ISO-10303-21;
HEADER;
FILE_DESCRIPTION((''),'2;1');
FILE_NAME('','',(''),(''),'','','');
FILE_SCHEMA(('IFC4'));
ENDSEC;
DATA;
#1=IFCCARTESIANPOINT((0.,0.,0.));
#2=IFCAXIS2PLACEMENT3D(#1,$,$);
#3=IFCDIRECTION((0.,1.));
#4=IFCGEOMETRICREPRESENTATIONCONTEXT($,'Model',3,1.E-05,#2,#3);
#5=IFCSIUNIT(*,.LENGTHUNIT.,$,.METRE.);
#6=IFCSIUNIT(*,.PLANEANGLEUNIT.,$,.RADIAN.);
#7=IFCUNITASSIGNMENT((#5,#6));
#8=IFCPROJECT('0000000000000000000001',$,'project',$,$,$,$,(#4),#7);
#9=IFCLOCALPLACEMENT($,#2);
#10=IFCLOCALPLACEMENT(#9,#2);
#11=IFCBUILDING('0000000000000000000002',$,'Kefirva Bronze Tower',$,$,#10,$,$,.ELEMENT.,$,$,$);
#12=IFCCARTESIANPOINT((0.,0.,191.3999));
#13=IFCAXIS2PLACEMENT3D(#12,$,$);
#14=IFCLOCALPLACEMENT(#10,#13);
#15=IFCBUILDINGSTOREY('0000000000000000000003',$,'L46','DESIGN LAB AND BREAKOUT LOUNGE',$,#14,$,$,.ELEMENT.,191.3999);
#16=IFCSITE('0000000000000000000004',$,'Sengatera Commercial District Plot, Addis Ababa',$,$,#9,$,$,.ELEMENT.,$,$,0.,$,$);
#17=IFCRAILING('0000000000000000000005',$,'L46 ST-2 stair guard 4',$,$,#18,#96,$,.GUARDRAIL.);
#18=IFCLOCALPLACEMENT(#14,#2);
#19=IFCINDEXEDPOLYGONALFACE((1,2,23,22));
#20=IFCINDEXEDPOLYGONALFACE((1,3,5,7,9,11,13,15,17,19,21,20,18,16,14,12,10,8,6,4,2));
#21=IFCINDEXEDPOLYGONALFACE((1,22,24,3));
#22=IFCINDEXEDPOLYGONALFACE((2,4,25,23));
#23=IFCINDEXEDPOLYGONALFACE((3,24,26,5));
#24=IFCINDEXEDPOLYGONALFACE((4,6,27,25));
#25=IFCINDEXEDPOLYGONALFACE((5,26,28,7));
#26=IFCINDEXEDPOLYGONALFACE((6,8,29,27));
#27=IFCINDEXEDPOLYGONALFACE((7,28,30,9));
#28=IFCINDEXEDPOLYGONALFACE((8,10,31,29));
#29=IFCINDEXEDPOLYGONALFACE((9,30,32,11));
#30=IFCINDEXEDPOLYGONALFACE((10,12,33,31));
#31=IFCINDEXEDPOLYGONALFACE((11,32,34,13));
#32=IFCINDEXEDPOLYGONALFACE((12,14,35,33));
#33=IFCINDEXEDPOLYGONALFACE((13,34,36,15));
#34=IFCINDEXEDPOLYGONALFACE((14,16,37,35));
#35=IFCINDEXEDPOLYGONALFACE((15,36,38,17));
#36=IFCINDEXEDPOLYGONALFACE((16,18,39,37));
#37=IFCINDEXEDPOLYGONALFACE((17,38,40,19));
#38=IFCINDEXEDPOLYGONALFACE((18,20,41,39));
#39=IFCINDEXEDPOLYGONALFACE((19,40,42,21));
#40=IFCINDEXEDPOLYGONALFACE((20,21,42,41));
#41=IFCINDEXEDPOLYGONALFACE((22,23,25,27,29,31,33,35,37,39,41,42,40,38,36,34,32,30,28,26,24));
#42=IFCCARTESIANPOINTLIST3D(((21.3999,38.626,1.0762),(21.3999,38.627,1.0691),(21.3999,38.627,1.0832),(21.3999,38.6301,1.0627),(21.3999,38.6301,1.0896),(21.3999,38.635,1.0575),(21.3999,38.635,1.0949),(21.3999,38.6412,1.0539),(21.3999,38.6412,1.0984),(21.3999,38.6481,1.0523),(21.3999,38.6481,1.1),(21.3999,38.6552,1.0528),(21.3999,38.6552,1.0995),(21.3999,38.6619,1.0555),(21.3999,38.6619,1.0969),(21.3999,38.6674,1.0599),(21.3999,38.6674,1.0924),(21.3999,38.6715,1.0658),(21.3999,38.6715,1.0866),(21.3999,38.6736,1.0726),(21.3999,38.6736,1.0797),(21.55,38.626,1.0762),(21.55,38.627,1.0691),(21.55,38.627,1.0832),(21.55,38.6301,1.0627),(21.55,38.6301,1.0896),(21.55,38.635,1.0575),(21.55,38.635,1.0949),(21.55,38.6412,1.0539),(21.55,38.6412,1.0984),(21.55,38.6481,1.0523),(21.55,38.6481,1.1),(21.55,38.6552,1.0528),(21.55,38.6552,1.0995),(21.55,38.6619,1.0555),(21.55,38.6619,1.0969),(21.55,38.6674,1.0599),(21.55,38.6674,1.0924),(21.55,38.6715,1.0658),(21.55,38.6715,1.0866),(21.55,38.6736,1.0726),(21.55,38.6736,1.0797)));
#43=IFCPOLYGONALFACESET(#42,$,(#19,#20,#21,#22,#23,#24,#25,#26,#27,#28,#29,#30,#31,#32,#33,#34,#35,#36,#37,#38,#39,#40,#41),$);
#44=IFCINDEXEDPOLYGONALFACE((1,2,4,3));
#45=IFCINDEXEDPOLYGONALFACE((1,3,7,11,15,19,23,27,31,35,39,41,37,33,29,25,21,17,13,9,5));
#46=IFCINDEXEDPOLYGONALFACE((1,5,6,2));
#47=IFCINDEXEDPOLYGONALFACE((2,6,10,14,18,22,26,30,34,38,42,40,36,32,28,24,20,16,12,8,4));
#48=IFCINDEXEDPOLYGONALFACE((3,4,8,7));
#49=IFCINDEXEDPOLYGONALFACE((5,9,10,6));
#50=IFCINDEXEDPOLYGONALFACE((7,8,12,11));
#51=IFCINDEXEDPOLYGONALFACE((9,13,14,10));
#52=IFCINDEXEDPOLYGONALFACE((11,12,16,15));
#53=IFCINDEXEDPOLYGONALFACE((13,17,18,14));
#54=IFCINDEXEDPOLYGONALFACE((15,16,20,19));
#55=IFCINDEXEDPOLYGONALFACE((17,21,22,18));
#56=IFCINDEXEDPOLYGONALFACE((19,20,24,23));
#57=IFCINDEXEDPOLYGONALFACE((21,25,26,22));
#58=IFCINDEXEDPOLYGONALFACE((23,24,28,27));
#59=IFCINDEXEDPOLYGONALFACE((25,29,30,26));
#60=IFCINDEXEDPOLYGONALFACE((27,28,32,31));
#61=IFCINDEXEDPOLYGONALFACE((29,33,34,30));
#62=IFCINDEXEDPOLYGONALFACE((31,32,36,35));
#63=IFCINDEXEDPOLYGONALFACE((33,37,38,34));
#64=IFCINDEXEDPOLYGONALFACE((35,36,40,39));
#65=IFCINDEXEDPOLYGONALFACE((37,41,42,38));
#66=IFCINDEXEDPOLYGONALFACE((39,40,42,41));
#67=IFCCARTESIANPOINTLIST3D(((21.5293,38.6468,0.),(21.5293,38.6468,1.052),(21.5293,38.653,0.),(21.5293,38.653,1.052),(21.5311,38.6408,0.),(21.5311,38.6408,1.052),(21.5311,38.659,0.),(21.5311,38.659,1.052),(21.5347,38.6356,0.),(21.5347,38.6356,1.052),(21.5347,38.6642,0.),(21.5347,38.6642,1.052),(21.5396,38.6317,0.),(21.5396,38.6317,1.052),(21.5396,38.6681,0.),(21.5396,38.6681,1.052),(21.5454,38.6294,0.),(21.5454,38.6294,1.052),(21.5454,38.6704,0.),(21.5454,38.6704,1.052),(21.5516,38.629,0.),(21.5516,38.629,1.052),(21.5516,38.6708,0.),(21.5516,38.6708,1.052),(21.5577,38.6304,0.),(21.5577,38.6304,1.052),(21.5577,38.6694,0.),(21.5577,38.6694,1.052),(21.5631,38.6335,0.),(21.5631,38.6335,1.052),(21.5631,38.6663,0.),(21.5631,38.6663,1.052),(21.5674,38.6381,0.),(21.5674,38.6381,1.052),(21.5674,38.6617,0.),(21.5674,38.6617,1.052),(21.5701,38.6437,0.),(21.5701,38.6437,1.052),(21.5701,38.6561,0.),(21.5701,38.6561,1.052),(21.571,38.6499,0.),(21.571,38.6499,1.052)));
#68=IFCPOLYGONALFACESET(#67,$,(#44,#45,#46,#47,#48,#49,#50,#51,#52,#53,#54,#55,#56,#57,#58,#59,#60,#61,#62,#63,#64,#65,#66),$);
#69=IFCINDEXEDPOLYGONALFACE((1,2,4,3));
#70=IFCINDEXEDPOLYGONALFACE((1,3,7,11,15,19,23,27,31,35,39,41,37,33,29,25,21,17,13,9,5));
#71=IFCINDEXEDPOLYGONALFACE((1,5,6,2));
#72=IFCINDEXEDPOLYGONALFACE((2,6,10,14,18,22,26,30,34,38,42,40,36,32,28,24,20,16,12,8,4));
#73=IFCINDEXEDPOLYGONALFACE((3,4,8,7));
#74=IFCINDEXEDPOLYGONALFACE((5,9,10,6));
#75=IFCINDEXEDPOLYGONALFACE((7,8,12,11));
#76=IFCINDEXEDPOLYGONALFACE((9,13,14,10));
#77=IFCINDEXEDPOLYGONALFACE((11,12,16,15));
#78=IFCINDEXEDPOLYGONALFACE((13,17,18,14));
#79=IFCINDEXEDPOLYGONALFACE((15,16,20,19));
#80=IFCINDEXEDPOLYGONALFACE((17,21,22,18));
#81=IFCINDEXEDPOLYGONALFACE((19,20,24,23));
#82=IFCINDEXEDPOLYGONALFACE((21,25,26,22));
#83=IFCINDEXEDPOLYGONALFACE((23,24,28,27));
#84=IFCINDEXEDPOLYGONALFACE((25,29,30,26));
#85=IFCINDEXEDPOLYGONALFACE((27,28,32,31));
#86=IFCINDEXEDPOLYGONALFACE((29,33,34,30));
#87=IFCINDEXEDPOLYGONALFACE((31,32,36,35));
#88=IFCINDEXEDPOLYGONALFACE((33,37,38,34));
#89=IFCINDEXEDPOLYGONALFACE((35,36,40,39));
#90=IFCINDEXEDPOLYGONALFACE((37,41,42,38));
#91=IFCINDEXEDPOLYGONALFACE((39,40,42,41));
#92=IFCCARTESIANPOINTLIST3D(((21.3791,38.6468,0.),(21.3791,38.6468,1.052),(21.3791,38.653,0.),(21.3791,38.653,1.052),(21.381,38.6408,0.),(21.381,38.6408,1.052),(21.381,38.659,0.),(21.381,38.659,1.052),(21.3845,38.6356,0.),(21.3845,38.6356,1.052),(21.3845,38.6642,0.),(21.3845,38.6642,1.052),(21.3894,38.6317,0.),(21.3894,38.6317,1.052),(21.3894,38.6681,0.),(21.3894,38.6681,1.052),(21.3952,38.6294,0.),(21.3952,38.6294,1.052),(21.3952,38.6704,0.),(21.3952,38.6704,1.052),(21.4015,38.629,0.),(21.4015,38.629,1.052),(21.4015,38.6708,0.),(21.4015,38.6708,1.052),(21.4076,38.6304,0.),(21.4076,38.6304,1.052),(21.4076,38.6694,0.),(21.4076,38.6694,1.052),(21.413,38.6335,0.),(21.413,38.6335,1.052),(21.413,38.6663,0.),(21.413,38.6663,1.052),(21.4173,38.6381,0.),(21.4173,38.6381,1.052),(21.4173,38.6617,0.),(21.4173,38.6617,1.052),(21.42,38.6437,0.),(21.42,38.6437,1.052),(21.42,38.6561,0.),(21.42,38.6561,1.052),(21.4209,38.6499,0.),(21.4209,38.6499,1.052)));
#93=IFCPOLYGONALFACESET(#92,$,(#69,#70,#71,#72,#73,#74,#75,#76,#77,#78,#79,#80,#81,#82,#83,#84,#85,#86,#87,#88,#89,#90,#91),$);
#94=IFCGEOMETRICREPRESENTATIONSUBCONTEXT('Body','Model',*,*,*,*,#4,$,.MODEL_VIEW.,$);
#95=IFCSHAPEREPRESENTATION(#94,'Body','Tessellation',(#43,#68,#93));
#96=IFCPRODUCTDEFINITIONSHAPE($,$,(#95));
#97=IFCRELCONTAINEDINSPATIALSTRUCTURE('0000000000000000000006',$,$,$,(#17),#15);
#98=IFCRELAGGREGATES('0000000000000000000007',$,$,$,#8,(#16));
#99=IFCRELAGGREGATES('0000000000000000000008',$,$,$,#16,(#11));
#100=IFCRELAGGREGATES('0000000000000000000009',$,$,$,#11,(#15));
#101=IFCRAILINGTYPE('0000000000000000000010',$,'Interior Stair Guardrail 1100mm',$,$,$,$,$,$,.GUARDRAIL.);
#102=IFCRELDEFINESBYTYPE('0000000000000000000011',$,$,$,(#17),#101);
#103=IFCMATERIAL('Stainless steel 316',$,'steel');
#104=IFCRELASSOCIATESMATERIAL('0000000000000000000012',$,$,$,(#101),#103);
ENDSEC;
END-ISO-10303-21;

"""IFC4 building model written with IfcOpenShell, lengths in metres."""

from ifc_helpers import new_model, si_unit, direction, frame, origin, origin_2d, place, context, subcontext, project, spatial, circle, extrude, material, type_object, element, save


model = new_model("IFC4")

# Units and contexts
model_context = context("Model", 3, precision=1e-05, world=origin(), true_north=direction((0.0, 1.0)))
body_context = subcontext(model_context, "Body", "Model", "MODEL_VIEW")
ifc_project = project(units=[si_unit("LENGTHUNIT", "METRE"), si_unit("PLANEANGLEUNIT", "RADIAN")], contexts=[model_context])

# Site, building, storey
site_placement = place(None, origin())
site = spatial("IfcSite", under=ifc_project, at=site_placement, Name="Sengatera Commercial District Plot, Addis Ababa", CompositionType="ELEMENT", RefElevation=0.0)
building_placement = place(site_placement, origin())
building = spatial("IfcBuilding", under=site, at=building_placement, Name="Kefirva Bronze Tower", CompositionType="ELEMENT")
storey_placement = place(building_placement, frame((0.0, 0.0, 191.3999)))
storey = spatial("IfcBuildingStorey", under=building, at=storey_placement, Name="L46", Description="DESIGN LAB AND BREAKOUT LOUNGE", CompositionType="ELEMENT", Elevation=191.3999)

# Railing
ifc_material_1 = material(Name="Stainless steel 316", Category="steel")
railing_type = type_object("IfcRailingType", Name="Interior Stair Guardrail 1100mm", PredefinedType="GUARDRAIL", material=ifc_material_1)
railing_1_placement = place(storey_placement, frame((21.55, 38.6499, 0.0)))
element("IfcRailing", 1, at=railing_1_placement, inside=storey, type_object=railing_type, Name="L46 ST-2 stair guard 4", PredefinedType="GUARDRAIL", context=body_context, shape_type="SweptSolid", body=[
    extrude(circle(Radius=0.0239, at=origin_2d()), frame((0.0, 0.0, 1.0762), z_axis=(-1.0, 0.0, 0.0), x_axis=(0.0, -1.0, 0.0)), (0.0, 0.0, 1.0), 0.1501),
    extrude(circle(Radius=0.021, at=origin_2d()), origin(), (0.0, 0.0, 1.0), 1.052),
    extrude(circle(Radius=0.021, at=origin_2d()), frame((-0.1501, 0.0, 0.0)), (0.0, 0.0, 1.0), 1.052),
])

save(model, "model.ifc")
